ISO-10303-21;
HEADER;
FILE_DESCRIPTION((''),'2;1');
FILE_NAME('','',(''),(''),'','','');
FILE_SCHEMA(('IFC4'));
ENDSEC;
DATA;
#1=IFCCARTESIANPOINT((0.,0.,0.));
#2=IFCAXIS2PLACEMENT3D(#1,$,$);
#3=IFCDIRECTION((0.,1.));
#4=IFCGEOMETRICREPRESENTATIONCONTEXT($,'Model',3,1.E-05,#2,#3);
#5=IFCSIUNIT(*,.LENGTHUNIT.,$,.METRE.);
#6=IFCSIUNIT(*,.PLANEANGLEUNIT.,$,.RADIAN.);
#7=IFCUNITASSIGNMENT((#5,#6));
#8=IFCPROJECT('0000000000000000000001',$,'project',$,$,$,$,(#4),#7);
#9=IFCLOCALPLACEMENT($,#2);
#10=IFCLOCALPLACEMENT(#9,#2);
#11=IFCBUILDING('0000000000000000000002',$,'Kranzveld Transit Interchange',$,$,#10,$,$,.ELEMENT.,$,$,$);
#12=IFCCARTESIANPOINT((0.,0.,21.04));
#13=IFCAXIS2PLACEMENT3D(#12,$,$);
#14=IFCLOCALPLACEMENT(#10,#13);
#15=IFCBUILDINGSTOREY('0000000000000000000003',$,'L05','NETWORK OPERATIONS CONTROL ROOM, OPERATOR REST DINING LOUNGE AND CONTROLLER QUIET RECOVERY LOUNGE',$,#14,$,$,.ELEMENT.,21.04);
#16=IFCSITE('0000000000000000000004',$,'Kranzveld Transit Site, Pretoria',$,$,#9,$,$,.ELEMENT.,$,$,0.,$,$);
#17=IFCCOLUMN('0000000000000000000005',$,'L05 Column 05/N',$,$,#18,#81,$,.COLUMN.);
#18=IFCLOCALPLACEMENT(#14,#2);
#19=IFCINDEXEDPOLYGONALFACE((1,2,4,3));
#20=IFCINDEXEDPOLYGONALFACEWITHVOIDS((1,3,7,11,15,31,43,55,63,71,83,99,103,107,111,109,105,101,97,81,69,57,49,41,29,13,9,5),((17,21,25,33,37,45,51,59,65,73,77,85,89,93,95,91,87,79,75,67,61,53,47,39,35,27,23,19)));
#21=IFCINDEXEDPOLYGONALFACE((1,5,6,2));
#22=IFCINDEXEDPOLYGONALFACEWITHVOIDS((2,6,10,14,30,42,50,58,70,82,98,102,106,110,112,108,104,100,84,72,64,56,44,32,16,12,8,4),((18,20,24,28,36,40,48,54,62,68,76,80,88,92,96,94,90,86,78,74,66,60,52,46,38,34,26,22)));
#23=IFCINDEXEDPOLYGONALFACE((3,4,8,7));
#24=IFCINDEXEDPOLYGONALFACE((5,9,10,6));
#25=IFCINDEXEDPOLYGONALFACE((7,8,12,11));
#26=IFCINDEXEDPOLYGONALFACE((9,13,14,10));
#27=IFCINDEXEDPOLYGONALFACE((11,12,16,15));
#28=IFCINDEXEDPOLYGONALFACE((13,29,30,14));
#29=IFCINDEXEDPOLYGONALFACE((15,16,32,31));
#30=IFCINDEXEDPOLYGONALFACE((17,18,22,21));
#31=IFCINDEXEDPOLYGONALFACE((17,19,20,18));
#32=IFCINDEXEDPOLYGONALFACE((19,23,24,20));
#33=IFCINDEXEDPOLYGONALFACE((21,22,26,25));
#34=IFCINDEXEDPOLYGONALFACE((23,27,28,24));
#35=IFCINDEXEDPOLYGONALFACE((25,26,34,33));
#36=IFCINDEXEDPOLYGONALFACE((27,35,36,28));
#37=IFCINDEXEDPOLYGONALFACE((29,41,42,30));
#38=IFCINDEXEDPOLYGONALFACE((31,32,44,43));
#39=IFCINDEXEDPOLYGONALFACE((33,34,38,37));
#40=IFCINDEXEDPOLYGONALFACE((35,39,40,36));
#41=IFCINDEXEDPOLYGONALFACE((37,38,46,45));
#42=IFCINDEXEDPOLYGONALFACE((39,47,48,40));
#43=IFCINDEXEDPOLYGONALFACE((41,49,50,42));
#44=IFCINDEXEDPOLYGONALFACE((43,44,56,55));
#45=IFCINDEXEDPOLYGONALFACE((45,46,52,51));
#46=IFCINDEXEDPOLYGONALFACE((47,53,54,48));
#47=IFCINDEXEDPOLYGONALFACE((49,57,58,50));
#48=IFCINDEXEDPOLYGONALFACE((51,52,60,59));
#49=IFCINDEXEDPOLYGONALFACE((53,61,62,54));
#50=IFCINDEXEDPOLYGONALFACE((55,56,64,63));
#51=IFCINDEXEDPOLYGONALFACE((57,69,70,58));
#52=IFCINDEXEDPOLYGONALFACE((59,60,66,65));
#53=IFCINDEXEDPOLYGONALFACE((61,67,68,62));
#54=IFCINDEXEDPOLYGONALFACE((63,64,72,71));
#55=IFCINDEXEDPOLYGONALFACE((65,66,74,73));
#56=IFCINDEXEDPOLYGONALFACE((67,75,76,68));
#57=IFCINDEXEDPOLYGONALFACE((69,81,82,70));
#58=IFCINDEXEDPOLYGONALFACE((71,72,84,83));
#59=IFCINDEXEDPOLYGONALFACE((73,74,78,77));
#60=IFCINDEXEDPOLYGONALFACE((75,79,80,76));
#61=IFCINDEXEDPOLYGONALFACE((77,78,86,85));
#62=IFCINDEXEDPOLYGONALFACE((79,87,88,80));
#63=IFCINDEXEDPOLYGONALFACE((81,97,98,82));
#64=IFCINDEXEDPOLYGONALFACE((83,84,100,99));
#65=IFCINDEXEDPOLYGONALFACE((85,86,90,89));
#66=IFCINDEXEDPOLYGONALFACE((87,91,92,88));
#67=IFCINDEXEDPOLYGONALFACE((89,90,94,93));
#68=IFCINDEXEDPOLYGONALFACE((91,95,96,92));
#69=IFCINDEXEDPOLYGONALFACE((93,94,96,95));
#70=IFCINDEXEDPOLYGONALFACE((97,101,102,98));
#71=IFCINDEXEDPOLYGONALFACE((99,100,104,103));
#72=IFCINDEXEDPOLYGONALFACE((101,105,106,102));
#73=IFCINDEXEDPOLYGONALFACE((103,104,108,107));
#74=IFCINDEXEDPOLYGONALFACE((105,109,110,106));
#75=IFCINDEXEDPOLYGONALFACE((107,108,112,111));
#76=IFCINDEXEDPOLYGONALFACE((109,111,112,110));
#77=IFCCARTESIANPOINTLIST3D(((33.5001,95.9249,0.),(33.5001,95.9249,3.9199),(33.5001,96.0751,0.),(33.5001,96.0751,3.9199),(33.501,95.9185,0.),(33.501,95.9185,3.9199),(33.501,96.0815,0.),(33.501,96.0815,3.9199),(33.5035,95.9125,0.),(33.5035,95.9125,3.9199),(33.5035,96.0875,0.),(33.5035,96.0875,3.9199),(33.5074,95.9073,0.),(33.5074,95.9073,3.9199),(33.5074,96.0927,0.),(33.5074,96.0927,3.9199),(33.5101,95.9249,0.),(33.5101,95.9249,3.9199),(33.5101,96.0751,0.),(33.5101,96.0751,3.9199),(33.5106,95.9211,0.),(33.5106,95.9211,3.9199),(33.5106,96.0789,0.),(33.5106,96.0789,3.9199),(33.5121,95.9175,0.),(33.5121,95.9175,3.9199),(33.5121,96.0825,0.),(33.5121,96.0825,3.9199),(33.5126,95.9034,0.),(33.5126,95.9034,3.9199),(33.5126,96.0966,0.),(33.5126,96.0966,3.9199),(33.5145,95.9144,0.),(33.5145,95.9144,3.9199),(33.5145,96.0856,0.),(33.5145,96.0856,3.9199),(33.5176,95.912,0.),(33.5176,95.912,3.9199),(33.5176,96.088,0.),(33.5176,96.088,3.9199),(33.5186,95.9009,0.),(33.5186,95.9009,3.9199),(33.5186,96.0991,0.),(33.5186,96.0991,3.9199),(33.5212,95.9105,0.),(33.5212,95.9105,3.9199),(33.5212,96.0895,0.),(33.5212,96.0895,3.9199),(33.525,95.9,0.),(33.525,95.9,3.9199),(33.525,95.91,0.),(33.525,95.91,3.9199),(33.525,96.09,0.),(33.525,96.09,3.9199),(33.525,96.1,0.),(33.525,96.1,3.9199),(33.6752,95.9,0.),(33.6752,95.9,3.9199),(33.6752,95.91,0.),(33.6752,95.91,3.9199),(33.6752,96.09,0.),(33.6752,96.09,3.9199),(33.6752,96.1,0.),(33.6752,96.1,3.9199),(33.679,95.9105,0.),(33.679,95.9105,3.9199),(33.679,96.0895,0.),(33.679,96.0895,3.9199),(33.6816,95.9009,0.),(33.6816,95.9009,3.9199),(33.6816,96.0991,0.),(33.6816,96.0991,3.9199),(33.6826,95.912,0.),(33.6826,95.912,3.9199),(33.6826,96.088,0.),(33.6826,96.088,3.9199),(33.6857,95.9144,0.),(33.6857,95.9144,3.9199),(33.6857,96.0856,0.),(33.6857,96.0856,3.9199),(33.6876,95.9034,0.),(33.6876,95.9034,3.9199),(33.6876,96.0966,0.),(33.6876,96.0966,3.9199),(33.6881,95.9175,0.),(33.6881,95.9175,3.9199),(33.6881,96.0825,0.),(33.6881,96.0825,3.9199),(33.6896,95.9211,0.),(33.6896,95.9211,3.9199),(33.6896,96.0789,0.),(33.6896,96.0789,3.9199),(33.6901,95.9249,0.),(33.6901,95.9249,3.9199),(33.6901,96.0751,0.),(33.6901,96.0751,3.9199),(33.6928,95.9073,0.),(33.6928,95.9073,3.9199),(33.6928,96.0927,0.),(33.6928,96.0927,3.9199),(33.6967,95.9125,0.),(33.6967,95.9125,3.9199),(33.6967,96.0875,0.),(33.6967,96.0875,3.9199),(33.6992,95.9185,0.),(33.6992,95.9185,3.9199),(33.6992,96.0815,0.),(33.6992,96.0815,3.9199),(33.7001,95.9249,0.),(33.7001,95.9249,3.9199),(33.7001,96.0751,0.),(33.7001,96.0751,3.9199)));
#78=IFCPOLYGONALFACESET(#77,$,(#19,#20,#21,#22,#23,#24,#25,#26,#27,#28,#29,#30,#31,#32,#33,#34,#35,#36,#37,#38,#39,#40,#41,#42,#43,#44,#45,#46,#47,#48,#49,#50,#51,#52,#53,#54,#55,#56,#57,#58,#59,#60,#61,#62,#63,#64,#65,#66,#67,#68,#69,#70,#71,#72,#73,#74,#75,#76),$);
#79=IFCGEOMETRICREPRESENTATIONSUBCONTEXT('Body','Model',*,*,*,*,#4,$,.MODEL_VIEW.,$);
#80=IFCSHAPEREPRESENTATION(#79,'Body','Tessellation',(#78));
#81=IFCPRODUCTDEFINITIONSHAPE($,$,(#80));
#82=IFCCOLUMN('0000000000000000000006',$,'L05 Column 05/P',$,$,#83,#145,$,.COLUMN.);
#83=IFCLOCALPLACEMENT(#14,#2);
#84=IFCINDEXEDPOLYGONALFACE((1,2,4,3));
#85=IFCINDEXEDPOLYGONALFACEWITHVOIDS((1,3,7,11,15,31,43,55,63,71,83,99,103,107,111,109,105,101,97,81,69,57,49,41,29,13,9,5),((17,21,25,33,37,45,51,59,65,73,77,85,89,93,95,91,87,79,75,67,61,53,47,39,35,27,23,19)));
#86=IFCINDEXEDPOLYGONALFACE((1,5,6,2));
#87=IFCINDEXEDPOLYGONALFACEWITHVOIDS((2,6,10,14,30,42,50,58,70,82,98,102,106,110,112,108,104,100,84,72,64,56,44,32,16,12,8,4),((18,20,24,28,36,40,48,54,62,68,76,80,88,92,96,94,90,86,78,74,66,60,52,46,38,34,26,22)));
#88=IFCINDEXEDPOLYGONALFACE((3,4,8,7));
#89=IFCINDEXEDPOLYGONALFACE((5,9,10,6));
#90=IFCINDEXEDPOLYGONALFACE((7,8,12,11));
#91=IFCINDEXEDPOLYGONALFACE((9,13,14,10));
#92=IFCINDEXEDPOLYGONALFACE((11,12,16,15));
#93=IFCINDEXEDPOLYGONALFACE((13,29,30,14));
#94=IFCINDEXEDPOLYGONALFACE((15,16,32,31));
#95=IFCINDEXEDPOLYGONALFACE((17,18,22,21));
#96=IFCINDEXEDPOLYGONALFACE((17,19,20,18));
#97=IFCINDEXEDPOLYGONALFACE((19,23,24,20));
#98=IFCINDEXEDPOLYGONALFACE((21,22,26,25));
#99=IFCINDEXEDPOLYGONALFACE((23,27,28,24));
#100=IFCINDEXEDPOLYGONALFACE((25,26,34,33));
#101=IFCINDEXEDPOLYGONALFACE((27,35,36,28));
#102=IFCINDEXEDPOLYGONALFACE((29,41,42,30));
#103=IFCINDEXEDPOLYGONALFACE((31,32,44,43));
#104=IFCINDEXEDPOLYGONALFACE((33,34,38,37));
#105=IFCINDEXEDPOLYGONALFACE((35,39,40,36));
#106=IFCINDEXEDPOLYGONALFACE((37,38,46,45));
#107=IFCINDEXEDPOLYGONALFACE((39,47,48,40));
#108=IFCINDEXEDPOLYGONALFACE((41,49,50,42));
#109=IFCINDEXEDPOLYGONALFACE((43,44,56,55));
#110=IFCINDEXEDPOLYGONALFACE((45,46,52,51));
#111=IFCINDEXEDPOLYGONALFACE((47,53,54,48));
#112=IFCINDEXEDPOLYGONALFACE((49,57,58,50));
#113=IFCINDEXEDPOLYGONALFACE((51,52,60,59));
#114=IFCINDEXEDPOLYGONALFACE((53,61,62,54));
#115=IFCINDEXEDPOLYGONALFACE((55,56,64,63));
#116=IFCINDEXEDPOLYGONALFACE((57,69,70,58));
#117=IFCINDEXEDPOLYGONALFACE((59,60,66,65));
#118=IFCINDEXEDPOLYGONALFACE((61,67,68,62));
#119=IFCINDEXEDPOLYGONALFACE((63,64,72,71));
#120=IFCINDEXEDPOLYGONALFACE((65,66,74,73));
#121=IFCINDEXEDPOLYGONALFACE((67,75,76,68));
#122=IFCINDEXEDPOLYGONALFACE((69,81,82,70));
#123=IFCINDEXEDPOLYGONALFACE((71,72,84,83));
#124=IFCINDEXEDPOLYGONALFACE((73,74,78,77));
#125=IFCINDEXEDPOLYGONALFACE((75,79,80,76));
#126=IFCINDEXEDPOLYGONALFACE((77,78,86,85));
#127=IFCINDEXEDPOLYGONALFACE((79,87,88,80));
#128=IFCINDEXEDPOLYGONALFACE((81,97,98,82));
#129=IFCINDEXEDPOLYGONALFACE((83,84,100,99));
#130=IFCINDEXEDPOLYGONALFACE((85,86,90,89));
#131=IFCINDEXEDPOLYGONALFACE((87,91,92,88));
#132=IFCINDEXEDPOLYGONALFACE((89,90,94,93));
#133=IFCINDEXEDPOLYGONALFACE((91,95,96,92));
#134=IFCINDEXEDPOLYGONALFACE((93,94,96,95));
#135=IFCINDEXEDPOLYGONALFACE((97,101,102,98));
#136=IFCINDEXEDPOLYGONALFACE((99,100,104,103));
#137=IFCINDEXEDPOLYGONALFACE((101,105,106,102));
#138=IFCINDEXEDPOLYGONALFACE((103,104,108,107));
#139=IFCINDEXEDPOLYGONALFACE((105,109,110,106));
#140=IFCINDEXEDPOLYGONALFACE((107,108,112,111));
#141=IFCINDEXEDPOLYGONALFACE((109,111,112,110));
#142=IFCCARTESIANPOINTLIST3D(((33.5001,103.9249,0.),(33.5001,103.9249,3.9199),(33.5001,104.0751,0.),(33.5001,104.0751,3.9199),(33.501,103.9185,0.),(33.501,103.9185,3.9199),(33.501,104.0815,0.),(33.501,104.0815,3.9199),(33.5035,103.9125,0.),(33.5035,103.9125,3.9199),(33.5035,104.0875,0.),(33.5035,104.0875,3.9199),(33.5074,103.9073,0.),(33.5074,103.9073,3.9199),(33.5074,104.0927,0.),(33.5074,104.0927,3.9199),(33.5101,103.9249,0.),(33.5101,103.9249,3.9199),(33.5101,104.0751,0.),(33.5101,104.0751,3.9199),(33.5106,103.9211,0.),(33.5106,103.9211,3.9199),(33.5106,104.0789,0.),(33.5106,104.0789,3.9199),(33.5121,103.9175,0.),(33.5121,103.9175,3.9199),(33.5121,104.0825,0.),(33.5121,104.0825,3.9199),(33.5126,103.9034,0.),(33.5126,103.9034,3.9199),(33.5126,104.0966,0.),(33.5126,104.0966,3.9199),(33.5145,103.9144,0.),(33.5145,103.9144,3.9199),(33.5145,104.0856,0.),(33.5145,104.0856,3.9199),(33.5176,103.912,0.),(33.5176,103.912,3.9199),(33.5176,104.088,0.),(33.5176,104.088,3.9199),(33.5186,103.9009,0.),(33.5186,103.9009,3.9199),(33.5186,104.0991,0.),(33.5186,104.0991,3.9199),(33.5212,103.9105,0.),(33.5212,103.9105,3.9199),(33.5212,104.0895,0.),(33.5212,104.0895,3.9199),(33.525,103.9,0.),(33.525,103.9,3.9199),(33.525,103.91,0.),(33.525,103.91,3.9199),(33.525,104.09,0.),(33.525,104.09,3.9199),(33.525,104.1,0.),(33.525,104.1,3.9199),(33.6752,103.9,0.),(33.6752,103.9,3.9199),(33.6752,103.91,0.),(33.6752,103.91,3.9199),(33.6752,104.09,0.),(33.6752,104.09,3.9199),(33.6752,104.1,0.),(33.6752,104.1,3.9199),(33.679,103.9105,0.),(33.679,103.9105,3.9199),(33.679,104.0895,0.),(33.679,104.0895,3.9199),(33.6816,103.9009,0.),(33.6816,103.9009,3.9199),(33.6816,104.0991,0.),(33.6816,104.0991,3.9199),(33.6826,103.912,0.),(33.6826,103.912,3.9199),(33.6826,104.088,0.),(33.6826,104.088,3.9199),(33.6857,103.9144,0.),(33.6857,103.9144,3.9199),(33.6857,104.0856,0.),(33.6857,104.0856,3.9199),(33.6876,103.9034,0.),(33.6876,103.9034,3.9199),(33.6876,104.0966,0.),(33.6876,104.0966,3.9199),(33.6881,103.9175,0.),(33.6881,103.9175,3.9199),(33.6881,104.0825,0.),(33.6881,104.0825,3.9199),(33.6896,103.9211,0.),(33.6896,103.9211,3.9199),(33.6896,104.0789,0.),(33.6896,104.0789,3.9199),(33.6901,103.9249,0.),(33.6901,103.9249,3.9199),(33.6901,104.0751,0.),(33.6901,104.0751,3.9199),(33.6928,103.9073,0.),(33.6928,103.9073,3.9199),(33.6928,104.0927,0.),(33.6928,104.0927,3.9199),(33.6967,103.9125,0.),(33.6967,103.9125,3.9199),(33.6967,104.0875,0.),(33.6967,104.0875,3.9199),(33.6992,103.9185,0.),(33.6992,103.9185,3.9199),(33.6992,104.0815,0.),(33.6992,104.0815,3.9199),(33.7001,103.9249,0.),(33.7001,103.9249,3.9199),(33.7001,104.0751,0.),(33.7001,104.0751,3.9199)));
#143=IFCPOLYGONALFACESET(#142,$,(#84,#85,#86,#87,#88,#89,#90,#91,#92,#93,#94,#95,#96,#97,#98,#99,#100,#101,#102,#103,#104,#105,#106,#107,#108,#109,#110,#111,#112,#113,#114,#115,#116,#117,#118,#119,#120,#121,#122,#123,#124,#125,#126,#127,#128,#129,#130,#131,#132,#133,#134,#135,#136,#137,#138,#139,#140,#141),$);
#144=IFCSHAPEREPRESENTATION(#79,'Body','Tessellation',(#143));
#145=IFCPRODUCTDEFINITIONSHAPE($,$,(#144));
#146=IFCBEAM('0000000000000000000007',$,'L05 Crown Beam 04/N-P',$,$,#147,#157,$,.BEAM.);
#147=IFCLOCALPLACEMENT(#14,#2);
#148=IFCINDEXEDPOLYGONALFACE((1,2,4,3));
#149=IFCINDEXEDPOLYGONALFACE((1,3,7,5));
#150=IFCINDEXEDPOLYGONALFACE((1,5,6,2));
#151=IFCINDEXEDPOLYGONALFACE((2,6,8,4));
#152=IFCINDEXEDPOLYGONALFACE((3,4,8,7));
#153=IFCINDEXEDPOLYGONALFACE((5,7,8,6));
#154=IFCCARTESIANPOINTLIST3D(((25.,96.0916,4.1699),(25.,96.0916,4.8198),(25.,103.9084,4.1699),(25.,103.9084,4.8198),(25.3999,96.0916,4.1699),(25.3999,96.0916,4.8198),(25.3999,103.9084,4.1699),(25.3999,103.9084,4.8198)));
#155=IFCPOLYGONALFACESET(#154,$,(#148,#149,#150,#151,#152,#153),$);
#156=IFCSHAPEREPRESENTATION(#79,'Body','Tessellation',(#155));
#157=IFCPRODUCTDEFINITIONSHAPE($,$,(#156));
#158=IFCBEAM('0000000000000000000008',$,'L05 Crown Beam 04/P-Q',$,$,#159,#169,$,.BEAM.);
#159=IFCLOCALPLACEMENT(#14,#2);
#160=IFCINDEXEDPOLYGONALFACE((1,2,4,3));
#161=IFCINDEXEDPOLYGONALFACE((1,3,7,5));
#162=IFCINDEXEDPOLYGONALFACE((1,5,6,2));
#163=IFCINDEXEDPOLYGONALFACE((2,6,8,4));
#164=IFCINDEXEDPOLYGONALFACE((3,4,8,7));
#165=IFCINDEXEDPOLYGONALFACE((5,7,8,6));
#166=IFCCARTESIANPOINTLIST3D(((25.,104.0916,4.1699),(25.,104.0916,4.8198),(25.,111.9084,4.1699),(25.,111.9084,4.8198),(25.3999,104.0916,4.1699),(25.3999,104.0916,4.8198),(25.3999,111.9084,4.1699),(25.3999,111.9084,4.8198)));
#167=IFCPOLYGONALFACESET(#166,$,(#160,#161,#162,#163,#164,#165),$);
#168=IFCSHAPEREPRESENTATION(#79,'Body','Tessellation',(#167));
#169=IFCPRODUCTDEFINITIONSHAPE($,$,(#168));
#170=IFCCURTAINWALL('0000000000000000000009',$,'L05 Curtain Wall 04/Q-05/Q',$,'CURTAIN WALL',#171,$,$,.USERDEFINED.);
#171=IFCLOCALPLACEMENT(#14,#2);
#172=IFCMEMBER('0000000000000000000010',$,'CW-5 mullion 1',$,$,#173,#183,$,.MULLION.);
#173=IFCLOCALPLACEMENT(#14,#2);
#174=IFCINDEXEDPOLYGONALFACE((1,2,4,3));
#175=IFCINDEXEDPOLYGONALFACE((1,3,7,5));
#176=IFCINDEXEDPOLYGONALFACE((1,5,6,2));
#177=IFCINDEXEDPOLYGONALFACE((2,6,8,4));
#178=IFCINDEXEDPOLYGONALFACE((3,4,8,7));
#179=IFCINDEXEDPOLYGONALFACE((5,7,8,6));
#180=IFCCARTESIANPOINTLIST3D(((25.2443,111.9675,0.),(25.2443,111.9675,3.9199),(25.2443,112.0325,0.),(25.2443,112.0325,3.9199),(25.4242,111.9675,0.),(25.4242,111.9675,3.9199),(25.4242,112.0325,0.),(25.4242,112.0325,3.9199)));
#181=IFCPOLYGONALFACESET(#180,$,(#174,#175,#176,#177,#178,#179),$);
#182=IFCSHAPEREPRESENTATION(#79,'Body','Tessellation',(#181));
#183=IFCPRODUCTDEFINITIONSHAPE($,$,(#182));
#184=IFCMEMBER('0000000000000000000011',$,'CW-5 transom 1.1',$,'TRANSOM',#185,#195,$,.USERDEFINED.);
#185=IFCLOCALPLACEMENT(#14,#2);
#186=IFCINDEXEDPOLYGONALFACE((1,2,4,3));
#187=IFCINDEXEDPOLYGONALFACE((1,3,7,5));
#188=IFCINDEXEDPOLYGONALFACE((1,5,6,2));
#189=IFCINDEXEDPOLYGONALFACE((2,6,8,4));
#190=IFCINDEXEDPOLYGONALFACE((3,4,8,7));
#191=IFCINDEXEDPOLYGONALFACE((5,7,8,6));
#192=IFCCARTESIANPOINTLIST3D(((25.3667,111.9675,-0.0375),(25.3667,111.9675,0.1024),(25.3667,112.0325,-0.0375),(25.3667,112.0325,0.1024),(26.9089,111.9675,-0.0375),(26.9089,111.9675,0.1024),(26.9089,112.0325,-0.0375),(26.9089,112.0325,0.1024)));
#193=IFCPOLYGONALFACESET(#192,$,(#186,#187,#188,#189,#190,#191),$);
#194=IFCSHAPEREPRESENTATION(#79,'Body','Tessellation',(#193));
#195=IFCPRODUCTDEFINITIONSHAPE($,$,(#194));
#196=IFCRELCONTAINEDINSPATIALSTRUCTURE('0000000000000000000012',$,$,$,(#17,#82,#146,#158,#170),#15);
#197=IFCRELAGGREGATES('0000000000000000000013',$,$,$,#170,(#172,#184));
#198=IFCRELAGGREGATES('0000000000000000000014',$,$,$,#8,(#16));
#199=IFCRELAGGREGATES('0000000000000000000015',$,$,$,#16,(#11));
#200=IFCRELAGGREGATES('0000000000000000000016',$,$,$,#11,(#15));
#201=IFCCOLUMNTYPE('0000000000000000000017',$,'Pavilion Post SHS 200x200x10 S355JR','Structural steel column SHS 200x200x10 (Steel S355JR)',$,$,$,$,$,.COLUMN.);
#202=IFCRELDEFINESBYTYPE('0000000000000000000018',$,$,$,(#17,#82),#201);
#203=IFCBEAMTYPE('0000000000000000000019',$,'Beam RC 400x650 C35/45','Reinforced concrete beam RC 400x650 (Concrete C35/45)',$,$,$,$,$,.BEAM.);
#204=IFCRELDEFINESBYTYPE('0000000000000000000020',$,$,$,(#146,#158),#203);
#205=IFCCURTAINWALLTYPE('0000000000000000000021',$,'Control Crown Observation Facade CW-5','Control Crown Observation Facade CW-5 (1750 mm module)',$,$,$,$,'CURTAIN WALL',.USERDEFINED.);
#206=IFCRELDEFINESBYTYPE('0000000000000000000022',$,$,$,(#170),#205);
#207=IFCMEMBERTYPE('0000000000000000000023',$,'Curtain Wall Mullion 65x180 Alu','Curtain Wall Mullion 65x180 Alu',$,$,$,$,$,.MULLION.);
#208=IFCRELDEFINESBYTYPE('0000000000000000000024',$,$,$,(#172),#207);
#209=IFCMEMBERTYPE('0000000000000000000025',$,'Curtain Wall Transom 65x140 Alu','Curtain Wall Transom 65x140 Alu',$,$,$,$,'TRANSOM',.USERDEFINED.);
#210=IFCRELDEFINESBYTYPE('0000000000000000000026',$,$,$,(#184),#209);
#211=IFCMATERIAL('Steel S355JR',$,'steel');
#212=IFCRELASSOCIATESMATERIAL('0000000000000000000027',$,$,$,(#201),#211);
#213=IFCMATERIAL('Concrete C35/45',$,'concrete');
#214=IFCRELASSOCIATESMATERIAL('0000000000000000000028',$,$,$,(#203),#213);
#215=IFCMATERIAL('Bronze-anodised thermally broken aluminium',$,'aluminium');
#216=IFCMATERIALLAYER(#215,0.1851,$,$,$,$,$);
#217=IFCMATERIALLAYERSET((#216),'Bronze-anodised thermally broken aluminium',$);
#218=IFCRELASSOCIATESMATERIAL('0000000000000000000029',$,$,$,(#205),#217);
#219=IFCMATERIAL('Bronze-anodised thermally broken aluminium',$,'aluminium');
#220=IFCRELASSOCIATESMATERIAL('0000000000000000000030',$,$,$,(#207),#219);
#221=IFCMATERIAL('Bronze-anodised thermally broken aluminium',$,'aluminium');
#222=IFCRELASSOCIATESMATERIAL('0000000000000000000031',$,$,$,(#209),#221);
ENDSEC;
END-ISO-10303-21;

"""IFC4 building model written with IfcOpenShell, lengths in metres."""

from ifc_helpers import new_model, si_unit, direction, frame, origin, origin_2d, place, context, subcontext, project, spatial, rectangle, hollow_rectangle, extrude, material, layer, layer_set, material_profile, profile_set, type_object, element, aggregate, save


model = new_model("IFC4")

# Units and contexts
model_context = context("Model", 3, precision=1e-05, world=origin(), true_north=direction((0.0, 1.0)))
body_context = subcontext(model_context, "Body", "Model", "MODEL_VIEW")
ifc_project = project(units=[si_unit("LENGTHUNIT", "METRE"), si_unit("PLANEANGLEUNIT", "RADIAN")], contexts=[model_context])

# Site, building, storey
site_placement = place(None, origin())
site = spatial("IfcSite", under=ifc_project, at=site_placement, Name="Kranzveld Transit Site, Pretoria", CompositionType="ELEMENT", RefElevation=0.0)
building_placement = place(site_placement, origin())
building = spatial("IfcBuilding", under=site, at=building_placement, Name="Kranzveld Transit Interchange", CompositionType="ELEMENT")
storey_placement = place(building_placement, frame((0.0, 0.0, 21.04)))
storey = spatial("IfcBuildingStorey", under=building, at=storey_placement, Name="L05", Description="NETWORK OPERATIONS CONTROL ROOM, OPERATOR REST DINING LOUNGE AND CONTROLLER QUIET RECOVERY LOUNGE", CompositionType="ELEMENT", Elevation=21.04)

# Columns
ifc_material_1 = material(Name="Steel S355JR", Category="steel")
ifc_material_profile_1 = material_profile(ifc_material_1, hollow_rectangle(XDim=0.2, YDim=0.2, WallThickness=0.01, InnerFilletRadius=0.0149, OuterFilletRadius=0.0249, at=origin_2d()), Name="SHS 200x200x10")
ifc_profile_set_1 = profile_set([ifc_material_profile_1], Name="Steel S355JR")
column_type = type_object("IfcColumnType", Name="Pavilion Post SHS 200x200x10 S355JR", Description="Structural steel column SHS 200x200x10 (Steel S355JR)", PredefinedType="COLUMN", material=ifc_profile_set_1)
for number, where, z_axis, x_axis, name in (
    (1, (33.6001, 96.0, 0.0), (0.0, 0.0, 1.0), (1.0, 0.0, 0.0), "L05 Column 05/N"),
    (2, (33.6001, 104.0, 0.0), (0.0, 0.0, 1.0), (1.0, 0.0, 0.0), "L05 Column 05/P"),
):
    element("IfcColumn", number, at=place(storey_placement, frame(where, z_axis=z_axis, x_axis=x_axis)), inside=storey, type_object=column_type, Name=name, PredefinedType="COLUMN", context=body_context, shape_type="SweptSolid", body=[
        extrude(hollow_rectangle(XDim=0.2, YDim=0.2, WallThickness=0.01, InnerFilletRadius=0.0149, OuterFilletRadius=0.0249, at=origin_2d()), origin(), (0.0, 0.0, 1.0), 3.9199),
    ])

# Beams
ifc_material_2 = material(Name="Concrete C35/45", Category="concrete")
ifc_material_profile_2 = material_profile(ifc_material_2, rectangle(XDim=0.3999, YDim=0.6499, at=origin_2d()), Name="RC 400x650")
ifc_profile_set_2 = profile_set([ifc_material_profile_2], Name="Concrete C35/45")
beam_type_1 = type_object("IfcBeamType", Name="Beam RC 400x650 C35/45", Description="Reinforced concrete beam RC 400x650 (Concrete C35/45)", PredefinedType="BEAM", material=ifc_profile_set_2)
for number, where, z_axis, x_axis, name in (
    (3, (25.2, 96.0916, 4.4949), (0.0, 1.0, 0.0), (-1.0, 0.0, 0.0), "L05 Crown Beam 04/N-P"),
    (4, (25.2, 104.0916, 4.4949), (0.0, 1.0, 0.0), (-1.0, 0.0, 0.0), "L05 Crown Beam 04/P-Q"),
):
    element("IfcBeam", number, at=place(storey_placement, frame(where, z_axis=z_axis, x_axis=x_axis)), inside=storey, type_object=beam_type_1, Name=name, PredefinedType="BEAM", context=body_context, shape_type="SweptSolid", body=[
        extrude(rectangle(XDim=0.3999, YDim=0.6499, at=origin_2d()), origin(), (0.0, 0.0, 1.0), 7.8169),
    ])

# Curtain wall, members
ifc_material_3 = material(Name="Bronze-anodised thermally broken aluminium", Category="aluminium")
ifc_layer_1 = layer(ifc_material_3, 0.1851)
ifc_layer_set_1 = layer_set([ifc_layer_1], Name="Bronze-anodised thermally broken aluminium")
curtain_wall_type = type_object("IfcCurtainWallType", Name="Control Crown Observation Facade CW-5", Description="Control Crown Observation Facade CW-5 (1750 mm module)", ElementType="CURTAIN WALL", PredefinedType="USERDEFINED", material=ifc_layer_set_1)
curtain_wall_placement = place(storey_placement, origin())
curtain_wall = element("IfcCurtainWall", 5, at=curtain_wall_placement, inside=storey, type_object=curtain_wall_type, Name="L05 Curtain Wall 04/Q-05/Q", ObjectType="CURTAIN WALL", PredefinedType="USERDEFINED")
ifc_material_4 = material(Name="Bronze-anodised thermally broken aluminium", Category="aluminium")
ifc_material_profile_3 = material_profile(ifc_material_4, rectangle(XDim=0.0649, YDim=0.1799, at=origin_2d()), Name="ALU MULLION 65x180")
ifc_profile_set_3 = profile_set([ifc_material_profile_3], Name="Bronze-anodised thermally broken aluminium")
member_type_1 = type_object("IfcMemberType", Name="Curtain Wall Mullion 65x180 Alu", Description="Curtain Wall Mullion 65x180 Alu", PredefinedType="MULLION", material=ifc_profile_set_3)
member_1_placement = place(storey_placement, frame((25.3342, 112.0, 0.0), z_axis=(0.0, 0.0, 1.0), x_axis=(0.0, 1.0, 0.0)))
member_1 = element("IfcMember", 6, at=member_1_placement, type_object=member_type_1, Name="CW-5 mullion 1", PredefinedType="MULLION", context=body_context, shape_type="SweptSolid", body=[
    extrude(rectangle(XDim=0.0649, YDim=0.1799, at=origin_2d()), origin(), (0.0, 0.0, 1.0), 3.9199),
])
ifc_material_5 = material(Name="Bronze-anodised thermally broken aluminium", Category="aluminium")
ifc_material_profile_4 = material_profile(ifc_material_5, rectangle(XDim=0.0649, YDim=0.1399, at=origin_2d()), Name="ALU TRANSOM 65x140")
ifc_profile_set_4 = profile_set([ifc_material_profile_4], Name="Bronze-anodised thermally broken aluminium")
member_type_2 = type_object("IfcMemberType", Name="Curtain Wall Transom 65x140 Alu", Description="Curtain Wall Transom 65x140 Alu", ElementType="TRANSOM", PredefinedType="USERDEFINED", material=ifc_profile_set_4)
member_2_placement = place(storey_placement, frame((25.3667, 112.0, 0.0325), z_axis=(1.0, 0.0, 0.0), x_axis=(0.0, 1.0, 0.0)))
member_2 = element("IfcMember", 7, at=member_2_placement, type_object=member_type_2, Name="CW-5 transom 1.1", ObjectType="TRANSOM", PredefinedType="USERDEFINED", context=body_context, shape_type="SweptSolid", body=[
    extrude(rectangle(XDim=0.0649, YDim=0.1399, at=origin_2d()), origin(), (0.0, 0.0, 1.0), 1.5422),
])
aggregate(curtain_wall, [member_1, member_2])

save(model, "model.ifc")
